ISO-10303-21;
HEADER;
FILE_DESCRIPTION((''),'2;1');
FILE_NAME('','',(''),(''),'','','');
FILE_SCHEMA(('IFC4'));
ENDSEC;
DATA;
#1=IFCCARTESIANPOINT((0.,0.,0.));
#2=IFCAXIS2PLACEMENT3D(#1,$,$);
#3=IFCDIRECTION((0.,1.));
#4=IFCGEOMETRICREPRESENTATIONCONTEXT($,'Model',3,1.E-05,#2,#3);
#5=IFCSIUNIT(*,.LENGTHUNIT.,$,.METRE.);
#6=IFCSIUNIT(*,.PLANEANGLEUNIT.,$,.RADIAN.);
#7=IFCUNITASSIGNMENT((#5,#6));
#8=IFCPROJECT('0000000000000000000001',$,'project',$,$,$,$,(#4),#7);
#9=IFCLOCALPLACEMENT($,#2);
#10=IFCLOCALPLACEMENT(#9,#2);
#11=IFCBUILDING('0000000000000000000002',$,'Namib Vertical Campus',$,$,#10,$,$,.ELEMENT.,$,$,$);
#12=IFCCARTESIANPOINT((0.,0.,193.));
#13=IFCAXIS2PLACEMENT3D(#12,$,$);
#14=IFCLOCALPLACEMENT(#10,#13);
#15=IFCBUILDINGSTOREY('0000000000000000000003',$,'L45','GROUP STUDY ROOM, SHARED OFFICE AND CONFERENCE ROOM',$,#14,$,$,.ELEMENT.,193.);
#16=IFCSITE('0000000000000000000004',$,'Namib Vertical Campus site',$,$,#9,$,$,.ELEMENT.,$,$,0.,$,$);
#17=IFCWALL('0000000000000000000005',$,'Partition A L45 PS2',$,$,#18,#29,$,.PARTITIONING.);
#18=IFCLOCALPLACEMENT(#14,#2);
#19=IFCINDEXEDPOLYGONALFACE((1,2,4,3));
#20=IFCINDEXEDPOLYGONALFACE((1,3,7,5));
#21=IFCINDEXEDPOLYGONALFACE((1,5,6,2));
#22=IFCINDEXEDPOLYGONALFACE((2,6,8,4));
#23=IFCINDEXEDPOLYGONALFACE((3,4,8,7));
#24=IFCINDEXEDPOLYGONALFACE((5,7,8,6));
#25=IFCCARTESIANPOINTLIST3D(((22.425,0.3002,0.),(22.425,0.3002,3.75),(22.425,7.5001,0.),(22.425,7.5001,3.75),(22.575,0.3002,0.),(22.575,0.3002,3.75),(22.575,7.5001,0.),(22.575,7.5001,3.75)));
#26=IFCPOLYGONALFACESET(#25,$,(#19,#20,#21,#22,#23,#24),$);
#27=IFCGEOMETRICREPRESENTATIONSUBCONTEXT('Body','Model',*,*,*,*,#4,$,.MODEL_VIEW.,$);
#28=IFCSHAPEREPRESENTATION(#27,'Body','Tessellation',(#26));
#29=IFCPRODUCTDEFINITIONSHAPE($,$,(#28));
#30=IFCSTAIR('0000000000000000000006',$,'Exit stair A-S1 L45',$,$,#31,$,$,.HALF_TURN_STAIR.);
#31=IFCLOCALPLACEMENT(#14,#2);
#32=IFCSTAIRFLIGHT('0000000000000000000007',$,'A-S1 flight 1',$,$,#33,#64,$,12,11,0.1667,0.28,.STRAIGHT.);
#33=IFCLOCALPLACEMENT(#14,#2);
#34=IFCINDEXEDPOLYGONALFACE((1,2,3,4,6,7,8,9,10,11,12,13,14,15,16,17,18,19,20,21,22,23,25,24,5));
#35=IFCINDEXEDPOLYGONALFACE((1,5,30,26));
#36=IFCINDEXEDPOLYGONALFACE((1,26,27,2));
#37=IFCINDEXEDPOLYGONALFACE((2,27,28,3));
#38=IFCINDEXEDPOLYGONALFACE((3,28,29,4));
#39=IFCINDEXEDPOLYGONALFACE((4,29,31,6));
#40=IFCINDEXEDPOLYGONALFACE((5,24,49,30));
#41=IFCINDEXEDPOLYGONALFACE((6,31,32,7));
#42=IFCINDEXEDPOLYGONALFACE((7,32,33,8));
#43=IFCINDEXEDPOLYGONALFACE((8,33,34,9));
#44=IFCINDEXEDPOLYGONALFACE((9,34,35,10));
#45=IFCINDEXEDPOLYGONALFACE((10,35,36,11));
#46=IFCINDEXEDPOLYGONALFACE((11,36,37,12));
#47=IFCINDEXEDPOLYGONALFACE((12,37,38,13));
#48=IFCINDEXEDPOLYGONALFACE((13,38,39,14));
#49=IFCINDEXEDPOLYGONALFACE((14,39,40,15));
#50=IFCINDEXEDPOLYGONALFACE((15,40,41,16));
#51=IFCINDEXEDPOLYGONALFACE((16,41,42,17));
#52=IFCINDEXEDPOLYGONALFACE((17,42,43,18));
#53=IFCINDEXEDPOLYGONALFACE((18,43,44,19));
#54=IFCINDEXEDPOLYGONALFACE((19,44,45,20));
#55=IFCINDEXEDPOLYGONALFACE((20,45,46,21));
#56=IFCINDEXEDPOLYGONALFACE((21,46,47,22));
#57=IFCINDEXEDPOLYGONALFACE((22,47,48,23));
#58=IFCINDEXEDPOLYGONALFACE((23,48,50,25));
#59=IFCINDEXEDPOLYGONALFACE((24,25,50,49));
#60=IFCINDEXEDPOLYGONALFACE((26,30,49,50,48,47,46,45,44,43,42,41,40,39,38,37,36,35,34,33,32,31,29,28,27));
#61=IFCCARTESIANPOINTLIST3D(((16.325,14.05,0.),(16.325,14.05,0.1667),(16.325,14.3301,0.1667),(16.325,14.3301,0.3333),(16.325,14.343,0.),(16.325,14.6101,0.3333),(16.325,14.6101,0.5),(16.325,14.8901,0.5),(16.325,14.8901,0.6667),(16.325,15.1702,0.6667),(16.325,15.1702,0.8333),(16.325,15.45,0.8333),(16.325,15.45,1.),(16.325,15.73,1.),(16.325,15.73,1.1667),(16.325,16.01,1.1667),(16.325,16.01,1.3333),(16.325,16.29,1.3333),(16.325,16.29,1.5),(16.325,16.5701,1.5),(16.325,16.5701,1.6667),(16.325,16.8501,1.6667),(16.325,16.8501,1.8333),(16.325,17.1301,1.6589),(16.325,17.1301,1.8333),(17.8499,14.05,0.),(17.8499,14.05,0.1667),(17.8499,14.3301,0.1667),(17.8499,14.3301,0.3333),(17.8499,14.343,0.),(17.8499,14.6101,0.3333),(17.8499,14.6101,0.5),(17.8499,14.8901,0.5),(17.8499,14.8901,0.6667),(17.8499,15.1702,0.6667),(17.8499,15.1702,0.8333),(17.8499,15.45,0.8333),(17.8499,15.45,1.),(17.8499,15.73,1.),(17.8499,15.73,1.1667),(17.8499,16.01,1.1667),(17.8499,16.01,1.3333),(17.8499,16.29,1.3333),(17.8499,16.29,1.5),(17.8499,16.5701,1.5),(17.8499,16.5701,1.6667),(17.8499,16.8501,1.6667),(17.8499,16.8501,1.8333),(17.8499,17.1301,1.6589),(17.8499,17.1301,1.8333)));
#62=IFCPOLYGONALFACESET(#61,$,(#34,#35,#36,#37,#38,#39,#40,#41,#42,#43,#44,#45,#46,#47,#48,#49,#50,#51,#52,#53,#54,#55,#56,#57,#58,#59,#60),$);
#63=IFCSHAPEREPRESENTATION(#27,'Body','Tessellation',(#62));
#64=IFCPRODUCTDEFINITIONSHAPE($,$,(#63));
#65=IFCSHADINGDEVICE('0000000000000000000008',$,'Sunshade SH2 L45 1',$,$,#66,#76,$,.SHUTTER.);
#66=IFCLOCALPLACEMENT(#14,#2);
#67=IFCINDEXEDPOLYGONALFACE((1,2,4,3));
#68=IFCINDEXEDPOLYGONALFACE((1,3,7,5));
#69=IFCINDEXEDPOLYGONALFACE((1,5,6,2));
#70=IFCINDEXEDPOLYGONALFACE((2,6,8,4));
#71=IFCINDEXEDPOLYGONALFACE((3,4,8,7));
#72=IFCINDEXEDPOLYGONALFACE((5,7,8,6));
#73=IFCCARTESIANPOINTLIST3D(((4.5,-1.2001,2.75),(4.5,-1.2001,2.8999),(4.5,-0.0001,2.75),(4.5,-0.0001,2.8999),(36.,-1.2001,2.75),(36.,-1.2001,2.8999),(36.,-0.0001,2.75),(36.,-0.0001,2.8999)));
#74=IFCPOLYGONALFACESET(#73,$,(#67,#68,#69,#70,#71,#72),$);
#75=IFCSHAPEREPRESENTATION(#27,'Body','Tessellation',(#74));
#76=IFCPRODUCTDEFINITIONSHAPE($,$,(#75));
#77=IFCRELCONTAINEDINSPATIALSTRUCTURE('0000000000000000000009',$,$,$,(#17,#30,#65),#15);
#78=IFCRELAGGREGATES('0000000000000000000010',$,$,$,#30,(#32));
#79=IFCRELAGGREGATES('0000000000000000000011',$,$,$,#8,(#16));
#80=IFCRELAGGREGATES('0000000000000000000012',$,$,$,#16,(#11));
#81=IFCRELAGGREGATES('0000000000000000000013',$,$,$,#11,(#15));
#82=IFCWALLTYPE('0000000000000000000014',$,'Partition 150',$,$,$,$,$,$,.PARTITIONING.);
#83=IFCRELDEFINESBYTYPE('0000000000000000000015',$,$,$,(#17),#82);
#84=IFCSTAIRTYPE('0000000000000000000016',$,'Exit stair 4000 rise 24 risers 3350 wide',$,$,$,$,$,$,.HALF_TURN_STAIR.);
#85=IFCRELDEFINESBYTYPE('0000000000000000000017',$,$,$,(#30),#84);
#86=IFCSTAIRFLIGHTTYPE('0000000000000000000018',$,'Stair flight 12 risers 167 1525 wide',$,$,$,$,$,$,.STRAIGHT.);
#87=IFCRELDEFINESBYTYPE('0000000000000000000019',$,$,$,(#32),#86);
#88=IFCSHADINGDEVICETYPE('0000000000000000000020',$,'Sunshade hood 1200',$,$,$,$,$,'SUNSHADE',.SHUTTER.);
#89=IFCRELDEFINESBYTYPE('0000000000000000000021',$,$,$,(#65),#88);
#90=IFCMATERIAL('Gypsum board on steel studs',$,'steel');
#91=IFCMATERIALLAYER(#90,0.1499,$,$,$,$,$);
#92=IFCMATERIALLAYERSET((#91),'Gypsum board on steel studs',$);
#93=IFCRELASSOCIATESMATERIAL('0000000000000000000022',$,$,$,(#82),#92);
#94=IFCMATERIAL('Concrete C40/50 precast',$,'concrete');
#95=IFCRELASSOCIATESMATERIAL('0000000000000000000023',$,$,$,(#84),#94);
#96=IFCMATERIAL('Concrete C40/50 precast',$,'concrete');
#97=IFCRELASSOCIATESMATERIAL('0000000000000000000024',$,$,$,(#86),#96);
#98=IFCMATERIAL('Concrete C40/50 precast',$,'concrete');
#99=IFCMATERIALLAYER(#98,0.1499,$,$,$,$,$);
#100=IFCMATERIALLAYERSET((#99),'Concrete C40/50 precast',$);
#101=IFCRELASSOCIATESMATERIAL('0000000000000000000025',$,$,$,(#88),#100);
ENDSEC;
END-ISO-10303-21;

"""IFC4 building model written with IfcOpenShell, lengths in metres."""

from ifc_helpers import new_model, si_unit, direction, frame, frame_2d, origin, origin_2d, place, context, subcontext, project, spatial, polyline, rectangle, outline, extrude, material, layer, layer_set, type_object, element, aggregate, save


model = new_model("IFC4")

# Units and contexts
model_context = context("Model", 3, precision=1e-05, world=origin(), true_north=direction((0.0, 1.0)))
body_context = subcontext(model_context, "Body", "Model", "MODEL_VIEW")
ifc_project = project(units=[si_unit("LENGTHUNIT", "METRE"), si_unit("PLANEANGLEUNIT", "RADIAN")], contexts=[model_context])

# Site, building, storey
site_placement = place(None, origin())
site = spatial("IfcSite", under=ifc_project, at=site_placement, Name="Namib Vertical Campus site", CompositionType="ELEMENT", RefElevation=0.0)
building_placement = place(site_placement, origin())
building = spatial("IfcBuilding", under=site, at=building_placement, Name="Namib Vertical Campus", CompositionType="ELEMENT")
storey_placement = place(building_placement, frame((0.0, 0.0, 193.0)))
storey = spatial("IfcBuildingStorey", under=building, at=storey_placement, Name="L45", Description="GROUP STUDY ROOM, SHARED OFFICE AND CONFERENCE ROOM", CompositionType="ELEMENT", Elevation=193.0)

# Wall
ifc_material_1 = material(Name="Gypsum board on steel studs", Category="steel")
ifc_layer_1 = layer(ifc_material_1, 0.1499)
ifc_layer_set_1 = layer_set([ifc_layer_1], Name="Gypsum board on steel studs")
wall_type_1 = type_object("IfcWallType", Name="Partition 150", PredefinedType="PARTITIONING", material=ifc_layer_set_1)
for number, where, z_axis, x_axis, name in (
    (1, (22.5, 0.3, 0.0), (0.0, 0.0, 1.0), (0.0, 1.0, 0.0), "Partition A L45 PS2"),
):
    element("IfcWall", number, at=place(storey_placement, frame(where, z_axis=z_axis, x_axis=x_axis)), inside=storey, type_object=wall_type_1, Name=name, PredefinedType="PARTITIONING", context=body_context, shape_type="SweptSolid", body=[
        extrude(rectangle(XDim=7.2, YDim=0.1499, at=frame_2d((3.6001, 0.0))), origin(), (0.0, 0.0, 1.0), 3.75),
    ])

# Stair, stair flight
ifc_material_2 = material(Name="Concrete C40/50 precast", Category="concrete")
stair_type = type_object("IfcStairType", Name="Exit stair 4000 rise 24 risers 3350 wide", PredefinedType="HALF_TURN_STAIR", material=ifc_material_2)
stair_placement = place(storey_placement, origin())
stair = element("IfcStair", 2, at=stair_placement, inside=storey, type_object=stair_type, Name="Exit stair A-S1 L45", PredefinedType="HALF_TURN_STAIR")
ifc_material_3 = material(Name="Concrete C40/50 precast", Category="concrete")
stair_flight_type = type_object("IfcStairFlightType", Name="Stair flight 12 risers 167 1525 wide", PredefinedType="STRAIGHT", material=ifc_material_3)
stair_flight_placement = place(storey_placement, frame((17.0874, 14.05, 0.0), z_axis=(0.0, 0.0, 1.0), x_axis=(0.0, 1.0, 0.0)))
stair_flight = element("IfcStairFlight", 3, at=stair_flight_placement, type_object=stair_flight_type, Name="A-S1 flight 1", NumberOfRisers=12, NumberOfTreads=11, PredefinedType="STRAIGHT", RiserHeight=0.1667, TreadLength=0.28, context=body_context, shape_type="SweptSolid", body=[
    extrude(outline(polyline([(0.0, 0.0), (0.0, 0.1667), (0.28, 0.1667), (0.28, 0.3333), (0.5601, 0.3333), (0.5601, 0.5), (0.8401, 0.5), (0.8401, 0.6667), (1.1201, 0.6667), (1.1201, 0.8333), (1.3999, 0.8333), (1.3999, 1.0), (1.6799, 1.0), (1.6799, 1.1667), (1.96, 1.1667), (1.96, 1.3333), (2.24, 1.3333), (2.24, 1.5), (2.52, 1.5), (2.52, 1.6667), (2.8, 1.6667), (2.8, 1.8333), (3.0801, 1.8333), (3.0801, 2.0), (3.0801, 1.6589), (0.293, 0.0), (0.0, 0.0)])), frame((0.0, 0.7625, 0.0), z_axis=(0.0, -1.0, 0.0), x_axis=(1.0, 0.0, 0.0)), (0.0, 0.0, 1.0), 1.5249),
])
aggregate(stair, [stair_flight])

# Shading device
ifc_material_4 = material(Name="Concrete C40/50 precast", Category="concrete")
ifc_layer_2 = layer(ifc_material_4, 0.1499)
ifc_layer_set_2 = layer_set([ifc_layer_2], Name="Concrete C40/50 precast")
shading_device_type = type_object("IfcShadingDeviceType", Name="Sunshade hood 1200", ElementType="SUNSHADE", PredefinedType="SHUTTER", material=ifc_layer_set_2)
shading_device_placement = place(storey_placement, frame((20.25, -0.6001, 2.75), z_axis=(0.0, 0.0, 1.0), x_axis=(1.0, 0.0, 0.0)))
element("IfcShadingDevice", 4, at=shading_device_placement, inside=storey, type_object=shading_device_type, Name="Sunshade SH2 L45 1", PredefinedType="SHUTTER", context=body_context, shape_type="SweptSolid", body=[
    extrude(rectangle(XDim=31.5, YDim=1.2, at=origin_2d()), origin(), (0.0, 0.0, 1.0), 0.1499),
])

save(model, "model.ifc")
